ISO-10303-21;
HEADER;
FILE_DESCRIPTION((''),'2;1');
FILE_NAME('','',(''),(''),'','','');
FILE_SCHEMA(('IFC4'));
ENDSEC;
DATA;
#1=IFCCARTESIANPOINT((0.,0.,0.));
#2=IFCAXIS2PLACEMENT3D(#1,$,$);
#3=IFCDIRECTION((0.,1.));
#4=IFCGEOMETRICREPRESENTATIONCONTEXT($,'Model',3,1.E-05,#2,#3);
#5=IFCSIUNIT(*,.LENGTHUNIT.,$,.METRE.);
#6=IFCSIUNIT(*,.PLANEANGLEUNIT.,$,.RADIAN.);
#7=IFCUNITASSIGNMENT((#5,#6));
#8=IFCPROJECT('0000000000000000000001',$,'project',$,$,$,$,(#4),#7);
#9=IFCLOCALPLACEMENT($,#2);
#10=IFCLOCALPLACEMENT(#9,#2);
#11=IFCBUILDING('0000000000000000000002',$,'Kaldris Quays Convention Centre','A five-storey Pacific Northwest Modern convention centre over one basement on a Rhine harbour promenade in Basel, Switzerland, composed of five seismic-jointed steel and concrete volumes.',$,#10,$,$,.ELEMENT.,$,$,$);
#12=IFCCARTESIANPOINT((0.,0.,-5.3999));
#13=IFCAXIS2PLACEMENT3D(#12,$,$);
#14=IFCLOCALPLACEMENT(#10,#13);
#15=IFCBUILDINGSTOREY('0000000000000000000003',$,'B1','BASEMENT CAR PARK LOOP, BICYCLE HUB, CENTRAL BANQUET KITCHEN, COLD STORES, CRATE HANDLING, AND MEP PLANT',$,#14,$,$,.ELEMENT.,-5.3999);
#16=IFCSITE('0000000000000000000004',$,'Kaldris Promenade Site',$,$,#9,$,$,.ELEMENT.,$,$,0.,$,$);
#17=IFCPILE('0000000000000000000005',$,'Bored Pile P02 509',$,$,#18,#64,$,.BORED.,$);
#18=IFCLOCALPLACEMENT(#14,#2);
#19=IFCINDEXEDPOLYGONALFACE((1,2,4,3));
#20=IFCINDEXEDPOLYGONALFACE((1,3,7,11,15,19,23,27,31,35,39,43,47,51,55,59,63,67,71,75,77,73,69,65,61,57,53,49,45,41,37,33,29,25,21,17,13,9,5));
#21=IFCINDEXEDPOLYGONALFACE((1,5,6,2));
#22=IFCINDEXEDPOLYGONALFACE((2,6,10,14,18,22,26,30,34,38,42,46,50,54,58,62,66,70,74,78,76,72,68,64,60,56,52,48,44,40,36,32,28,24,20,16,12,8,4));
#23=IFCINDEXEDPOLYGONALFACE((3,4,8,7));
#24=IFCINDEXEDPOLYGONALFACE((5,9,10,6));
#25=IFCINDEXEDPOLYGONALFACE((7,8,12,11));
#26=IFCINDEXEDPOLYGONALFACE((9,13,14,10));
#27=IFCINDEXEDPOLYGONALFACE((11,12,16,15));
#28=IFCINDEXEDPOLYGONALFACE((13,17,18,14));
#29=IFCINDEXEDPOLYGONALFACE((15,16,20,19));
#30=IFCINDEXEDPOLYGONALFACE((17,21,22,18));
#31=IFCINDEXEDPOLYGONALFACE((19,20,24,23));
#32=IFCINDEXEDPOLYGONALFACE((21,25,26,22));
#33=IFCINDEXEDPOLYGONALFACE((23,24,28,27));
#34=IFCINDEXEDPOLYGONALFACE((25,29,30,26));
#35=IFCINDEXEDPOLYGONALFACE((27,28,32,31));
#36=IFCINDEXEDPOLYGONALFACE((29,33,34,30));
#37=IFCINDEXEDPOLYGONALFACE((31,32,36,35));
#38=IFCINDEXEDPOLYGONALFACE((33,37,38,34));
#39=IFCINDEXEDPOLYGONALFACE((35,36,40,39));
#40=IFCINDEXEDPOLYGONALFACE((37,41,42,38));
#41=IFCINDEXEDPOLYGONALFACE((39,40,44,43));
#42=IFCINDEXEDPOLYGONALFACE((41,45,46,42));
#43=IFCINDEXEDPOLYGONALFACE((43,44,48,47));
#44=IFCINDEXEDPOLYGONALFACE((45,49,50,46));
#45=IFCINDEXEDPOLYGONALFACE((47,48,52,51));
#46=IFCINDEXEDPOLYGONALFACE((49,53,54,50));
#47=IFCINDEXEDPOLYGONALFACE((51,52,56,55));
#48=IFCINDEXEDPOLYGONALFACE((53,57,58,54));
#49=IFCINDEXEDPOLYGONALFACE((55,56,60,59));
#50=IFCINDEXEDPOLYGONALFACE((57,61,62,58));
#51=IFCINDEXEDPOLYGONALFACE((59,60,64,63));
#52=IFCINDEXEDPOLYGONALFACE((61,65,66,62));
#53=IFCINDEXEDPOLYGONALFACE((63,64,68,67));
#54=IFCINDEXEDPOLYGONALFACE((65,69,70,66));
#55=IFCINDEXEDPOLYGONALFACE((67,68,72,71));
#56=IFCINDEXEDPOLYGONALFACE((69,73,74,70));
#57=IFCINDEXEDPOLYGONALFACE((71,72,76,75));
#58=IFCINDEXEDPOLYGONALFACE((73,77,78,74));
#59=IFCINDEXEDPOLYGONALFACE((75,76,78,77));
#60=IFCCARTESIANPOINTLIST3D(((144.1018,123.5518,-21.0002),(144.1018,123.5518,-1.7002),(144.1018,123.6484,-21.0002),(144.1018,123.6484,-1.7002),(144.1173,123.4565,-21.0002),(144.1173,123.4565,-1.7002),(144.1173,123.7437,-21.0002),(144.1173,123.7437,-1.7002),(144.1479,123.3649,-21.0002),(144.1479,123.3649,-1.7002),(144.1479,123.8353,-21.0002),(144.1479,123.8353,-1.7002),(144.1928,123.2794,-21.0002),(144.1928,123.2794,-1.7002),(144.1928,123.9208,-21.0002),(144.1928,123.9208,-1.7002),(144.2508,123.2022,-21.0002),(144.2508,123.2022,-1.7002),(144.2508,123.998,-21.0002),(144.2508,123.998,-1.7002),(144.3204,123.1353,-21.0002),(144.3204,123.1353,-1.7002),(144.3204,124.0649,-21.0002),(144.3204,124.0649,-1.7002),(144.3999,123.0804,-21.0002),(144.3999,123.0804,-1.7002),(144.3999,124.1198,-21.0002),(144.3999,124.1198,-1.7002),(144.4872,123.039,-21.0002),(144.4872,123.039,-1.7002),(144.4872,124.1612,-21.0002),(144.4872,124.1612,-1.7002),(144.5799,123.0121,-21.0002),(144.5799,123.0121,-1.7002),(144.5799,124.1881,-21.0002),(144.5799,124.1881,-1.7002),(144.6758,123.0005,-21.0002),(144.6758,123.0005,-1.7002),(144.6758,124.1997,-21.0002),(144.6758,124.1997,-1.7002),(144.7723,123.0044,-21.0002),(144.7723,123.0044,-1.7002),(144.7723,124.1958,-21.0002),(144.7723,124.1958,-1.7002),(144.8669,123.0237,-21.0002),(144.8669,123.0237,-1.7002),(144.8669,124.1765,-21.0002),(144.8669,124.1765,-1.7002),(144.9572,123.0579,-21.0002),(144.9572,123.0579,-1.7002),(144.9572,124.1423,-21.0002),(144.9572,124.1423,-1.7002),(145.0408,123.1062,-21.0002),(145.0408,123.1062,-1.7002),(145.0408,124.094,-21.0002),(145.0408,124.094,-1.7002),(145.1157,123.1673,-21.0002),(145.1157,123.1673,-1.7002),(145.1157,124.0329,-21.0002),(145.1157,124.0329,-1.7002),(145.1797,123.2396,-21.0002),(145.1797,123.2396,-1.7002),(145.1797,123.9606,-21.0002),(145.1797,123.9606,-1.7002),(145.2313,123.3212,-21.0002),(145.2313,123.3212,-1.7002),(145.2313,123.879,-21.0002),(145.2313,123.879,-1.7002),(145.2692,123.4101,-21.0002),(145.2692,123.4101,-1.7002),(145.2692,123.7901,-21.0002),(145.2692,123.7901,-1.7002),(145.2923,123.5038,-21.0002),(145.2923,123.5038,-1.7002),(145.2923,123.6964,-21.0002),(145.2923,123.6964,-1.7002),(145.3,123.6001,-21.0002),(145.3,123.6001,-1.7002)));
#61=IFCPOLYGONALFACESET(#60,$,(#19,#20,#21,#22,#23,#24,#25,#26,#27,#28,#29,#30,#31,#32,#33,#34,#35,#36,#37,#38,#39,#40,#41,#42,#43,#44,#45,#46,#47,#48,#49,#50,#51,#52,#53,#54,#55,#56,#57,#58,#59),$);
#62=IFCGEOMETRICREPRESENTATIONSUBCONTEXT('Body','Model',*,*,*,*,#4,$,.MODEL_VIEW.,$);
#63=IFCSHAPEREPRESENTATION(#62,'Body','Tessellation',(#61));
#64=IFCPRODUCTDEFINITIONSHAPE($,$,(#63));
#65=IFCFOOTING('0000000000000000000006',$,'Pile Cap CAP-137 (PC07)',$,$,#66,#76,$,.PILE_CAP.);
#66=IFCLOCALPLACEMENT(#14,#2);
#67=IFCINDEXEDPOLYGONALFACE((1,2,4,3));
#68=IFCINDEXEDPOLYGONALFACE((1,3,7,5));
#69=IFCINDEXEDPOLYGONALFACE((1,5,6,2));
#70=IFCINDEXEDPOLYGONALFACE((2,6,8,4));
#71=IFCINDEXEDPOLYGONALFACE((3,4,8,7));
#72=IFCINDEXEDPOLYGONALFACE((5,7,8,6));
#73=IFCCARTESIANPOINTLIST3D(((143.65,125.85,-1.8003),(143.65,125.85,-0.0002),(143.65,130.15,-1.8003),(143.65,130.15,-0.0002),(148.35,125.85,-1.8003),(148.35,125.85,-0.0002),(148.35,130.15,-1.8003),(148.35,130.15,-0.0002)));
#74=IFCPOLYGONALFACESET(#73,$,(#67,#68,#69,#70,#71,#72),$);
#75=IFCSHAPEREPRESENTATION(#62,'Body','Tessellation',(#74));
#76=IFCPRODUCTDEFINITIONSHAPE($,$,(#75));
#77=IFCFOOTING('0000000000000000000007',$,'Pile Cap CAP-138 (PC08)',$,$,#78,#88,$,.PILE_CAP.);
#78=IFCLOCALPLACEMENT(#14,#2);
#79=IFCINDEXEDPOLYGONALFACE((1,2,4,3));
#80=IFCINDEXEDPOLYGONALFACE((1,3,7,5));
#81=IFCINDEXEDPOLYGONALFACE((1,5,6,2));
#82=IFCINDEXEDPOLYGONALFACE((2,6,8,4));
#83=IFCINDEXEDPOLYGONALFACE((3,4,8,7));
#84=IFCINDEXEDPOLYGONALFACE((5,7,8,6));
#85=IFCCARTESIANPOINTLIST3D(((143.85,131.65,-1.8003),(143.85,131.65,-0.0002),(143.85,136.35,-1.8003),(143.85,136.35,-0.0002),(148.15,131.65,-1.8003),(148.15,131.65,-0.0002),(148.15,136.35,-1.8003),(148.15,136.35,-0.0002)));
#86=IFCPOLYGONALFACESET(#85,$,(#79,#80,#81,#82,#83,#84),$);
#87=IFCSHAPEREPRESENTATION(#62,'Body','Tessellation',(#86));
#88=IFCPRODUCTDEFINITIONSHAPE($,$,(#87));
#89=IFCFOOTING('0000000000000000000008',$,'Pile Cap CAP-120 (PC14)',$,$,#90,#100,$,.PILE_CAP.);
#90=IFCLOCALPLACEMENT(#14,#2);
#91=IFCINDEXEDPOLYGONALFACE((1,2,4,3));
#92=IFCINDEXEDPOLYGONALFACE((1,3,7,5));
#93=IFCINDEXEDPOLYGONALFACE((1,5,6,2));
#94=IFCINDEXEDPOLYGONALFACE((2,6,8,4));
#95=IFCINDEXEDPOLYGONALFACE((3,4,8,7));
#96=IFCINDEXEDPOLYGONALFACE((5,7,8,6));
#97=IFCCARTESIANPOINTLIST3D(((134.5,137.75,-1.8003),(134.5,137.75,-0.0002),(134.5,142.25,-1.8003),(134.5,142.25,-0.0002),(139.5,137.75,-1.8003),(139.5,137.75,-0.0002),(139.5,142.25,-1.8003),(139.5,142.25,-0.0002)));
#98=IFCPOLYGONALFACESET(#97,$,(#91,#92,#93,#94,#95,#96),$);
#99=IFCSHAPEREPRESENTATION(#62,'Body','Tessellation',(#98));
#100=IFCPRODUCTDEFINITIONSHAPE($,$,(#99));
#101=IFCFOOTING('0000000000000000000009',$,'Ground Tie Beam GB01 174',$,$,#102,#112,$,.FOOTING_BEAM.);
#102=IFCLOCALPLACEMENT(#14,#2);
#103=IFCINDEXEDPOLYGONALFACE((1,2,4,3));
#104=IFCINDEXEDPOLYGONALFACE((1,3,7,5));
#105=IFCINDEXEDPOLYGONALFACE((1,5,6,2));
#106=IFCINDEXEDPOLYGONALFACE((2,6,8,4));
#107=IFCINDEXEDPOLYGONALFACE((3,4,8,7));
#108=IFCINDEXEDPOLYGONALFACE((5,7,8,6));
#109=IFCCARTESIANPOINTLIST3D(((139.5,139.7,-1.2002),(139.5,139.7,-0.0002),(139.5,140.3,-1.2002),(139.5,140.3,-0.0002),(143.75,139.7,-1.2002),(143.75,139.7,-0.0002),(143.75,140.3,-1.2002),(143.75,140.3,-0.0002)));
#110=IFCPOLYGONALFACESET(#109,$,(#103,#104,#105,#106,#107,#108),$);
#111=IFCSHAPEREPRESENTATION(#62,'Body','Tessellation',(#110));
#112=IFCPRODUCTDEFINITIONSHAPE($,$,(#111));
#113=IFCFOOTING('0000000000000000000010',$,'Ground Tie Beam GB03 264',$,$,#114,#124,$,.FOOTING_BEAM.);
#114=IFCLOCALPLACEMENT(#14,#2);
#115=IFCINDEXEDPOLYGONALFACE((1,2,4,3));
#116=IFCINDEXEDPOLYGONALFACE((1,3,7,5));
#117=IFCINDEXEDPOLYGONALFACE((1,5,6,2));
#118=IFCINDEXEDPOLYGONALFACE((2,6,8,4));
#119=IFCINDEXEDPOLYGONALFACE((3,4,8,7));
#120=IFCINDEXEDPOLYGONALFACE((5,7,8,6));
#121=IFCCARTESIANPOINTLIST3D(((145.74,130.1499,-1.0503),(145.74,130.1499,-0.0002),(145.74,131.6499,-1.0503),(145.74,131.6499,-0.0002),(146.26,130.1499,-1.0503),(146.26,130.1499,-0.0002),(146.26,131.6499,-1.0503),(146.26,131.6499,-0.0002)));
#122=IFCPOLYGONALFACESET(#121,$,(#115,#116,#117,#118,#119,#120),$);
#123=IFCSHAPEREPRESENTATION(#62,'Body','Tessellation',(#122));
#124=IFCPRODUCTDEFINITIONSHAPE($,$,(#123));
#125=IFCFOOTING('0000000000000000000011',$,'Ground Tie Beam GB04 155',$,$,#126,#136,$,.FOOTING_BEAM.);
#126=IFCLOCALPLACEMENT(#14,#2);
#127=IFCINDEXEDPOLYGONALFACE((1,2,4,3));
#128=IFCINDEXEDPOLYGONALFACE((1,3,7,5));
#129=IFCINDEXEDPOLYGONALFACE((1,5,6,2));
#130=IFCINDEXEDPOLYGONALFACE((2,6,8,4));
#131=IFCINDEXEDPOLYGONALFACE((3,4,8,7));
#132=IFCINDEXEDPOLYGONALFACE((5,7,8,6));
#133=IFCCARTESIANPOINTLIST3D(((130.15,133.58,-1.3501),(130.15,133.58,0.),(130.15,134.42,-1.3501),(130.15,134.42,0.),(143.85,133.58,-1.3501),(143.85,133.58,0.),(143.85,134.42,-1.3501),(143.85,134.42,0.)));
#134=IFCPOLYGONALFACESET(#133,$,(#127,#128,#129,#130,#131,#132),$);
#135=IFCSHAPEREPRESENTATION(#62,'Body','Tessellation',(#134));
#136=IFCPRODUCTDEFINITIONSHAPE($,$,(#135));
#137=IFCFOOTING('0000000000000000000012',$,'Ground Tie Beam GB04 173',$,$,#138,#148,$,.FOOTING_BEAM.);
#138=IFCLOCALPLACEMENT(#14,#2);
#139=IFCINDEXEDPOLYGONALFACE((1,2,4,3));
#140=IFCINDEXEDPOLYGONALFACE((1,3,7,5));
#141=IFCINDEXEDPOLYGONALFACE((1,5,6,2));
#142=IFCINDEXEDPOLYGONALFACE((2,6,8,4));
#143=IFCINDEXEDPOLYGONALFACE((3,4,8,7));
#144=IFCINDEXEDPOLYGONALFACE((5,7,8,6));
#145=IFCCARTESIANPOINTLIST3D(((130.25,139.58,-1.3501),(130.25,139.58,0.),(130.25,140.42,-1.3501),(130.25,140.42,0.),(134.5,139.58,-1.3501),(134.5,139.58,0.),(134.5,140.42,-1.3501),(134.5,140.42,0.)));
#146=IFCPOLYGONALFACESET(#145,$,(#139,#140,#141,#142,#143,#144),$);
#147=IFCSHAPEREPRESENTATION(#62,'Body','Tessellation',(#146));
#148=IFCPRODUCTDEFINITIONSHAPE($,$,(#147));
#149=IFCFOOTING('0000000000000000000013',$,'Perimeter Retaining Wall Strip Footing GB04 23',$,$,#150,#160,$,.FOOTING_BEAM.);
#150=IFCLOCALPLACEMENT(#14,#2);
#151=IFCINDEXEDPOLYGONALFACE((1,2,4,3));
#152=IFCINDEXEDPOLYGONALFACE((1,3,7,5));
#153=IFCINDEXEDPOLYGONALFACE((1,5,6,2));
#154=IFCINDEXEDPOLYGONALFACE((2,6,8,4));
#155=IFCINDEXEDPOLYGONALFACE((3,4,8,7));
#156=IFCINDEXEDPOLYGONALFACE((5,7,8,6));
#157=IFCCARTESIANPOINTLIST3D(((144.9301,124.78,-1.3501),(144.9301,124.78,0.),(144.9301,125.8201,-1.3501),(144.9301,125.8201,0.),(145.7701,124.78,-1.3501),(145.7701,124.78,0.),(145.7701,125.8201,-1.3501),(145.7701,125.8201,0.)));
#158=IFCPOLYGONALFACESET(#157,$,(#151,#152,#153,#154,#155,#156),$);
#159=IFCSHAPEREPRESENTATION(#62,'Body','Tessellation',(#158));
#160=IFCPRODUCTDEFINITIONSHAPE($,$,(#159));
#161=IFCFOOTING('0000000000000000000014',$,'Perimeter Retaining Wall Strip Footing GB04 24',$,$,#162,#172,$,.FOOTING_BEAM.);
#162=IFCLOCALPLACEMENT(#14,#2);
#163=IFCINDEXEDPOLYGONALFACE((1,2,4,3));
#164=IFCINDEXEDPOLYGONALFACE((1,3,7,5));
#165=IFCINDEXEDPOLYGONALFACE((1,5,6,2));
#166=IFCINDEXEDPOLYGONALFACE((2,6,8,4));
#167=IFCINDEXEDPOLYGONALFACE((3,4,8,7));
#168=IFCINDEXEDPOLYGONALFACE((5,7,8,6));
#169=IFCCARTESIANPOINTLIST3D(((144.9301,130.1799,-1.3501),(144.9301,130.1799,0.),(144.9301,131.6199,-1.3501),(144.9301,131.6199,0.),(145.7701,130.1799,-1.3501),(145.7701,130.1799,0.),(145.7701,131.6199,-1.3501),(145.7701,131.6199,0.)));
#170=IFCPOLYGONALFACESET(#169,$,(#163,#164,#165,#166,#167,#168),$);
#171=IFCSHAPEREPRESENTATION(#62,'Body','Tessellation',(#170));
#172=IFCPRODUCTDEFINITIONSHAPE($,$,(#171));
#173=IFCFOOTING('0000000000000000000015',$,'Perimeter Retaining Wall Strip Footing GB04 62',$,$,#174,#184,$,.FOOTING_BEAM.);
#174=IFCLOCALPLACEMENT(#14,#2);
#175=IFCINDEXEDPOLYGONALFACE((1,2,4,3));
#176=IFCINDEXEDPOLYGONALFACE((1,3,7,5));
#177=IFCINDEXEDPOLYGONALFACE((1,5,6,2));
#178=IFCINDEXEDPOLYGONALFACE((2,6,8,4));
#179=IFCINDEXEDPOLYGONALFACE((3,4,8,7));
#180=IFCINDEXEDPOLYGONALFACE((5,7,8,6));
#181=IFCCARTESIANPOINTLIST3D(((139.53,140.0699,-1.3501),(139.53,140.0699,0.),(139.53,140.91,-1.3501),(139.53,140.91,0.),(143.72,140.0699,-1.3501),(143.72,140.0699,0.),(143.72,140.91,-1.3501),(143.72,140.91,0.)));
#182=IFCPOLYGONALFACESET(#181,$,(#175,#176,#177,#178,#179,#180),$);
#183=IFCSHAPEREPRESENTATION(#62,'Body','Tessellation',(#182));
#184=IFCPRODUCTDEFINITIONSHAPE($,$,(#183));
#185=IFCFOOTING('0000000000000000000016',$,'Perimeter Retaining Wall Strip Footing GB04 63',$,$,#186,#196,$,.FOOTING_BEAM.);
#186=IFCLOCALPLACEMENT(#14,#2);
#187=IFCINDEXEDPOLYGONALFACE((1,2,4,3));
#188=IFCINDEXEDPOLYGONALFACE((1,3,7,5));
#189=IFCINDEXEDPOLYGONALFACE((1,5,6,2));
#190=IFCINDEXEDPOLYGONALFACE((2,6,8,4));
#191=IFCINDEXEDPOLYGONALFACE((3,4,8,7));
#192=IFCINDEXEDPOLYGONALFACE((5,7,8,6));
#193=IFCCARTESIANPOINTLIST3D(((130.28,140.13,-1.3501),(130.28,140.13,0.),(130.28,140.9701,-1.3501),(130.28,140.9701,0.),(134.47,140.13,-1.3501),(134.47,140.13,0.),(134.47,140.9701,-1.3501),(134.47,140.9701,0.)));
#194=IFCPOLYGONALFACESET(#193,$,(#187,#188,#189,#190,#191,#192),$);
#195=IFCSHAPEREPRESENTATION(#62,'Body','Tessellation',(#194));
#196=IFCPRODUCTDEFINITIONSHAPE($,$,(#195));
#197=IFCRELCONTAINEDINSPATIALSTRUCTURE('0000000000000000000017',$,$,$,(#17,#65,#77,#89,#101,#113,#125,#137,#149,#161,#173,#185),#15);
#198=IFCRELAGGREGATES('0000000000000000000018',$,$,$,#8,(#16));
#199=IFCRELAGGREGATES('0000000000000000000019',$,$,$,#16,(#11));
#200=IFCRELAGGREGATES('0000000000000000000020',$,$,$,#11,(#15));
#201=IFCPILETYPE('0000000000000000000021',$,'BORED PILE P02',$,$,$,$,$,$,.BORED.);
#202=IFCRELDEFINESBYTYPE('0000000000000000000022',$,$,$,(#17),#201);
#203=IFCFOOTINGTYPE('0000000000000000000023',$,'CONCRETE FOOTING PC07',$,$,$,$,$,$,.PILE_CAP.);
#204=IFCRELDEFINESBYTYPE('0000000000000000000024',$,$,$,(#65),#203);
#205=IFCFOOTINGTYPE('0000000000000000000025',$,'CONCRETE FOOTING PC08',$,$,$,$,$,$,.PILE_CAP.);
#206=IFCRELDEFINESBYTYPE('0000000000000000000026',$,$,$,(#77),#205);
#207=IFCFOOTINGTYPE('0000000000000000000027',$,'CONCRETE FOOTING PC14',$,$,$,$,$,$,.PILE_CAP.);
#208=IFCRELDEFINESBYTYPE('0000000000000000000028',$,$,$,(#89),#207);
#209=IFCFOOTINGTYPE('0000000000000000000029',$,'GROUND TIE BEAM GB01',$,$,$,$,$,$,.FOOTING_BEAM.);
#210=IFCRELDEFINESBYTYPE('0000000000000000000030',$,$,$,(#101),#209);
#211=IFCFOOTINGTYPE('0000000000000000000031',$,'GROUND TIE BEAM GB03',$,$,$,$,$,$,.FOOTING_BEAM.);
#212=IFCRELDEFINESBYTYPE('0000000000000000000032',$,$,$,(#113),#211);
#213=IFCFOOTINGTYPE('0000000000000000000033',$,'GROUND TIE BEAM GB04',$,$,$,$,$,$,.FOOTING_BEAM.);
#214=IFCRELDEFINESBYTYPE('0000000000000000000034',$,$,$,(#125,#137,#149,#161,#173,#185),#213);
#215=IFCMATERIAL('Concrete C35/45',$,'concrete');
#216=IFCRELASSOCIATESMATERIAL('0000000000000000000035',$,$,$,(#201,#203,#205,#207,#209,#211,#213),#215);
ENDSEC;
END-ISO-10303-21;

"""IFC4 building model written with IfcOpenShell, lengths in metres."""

from ifc_helpers import new_model, si_unit, direction, frame, origin, origin_2d, place, context, subcontext, project, spatial, rectangle, circle, extrude, material, material_profile, profile_set, type_object, element, save


model = new_model("IFC4")

# Units and contexts
model_context = context("Model", 3, precision=1e-05, world=origin(), true_north=direction((0.0, 1.0)))
body_context = subcontext(model_context, "Body", "Model", "MODEL_VIEW")
ifc_project = project(units=[si_unit("LENGTHUNIT", "METRE"), si_unit("PLANEANGLEUNIT", "RADIAN")], contexts=[model_context])

# Site, building, storey
site_placement = place(None, origin())
site = spatial("IfcSite", under=ifc_project, at=site_placement, Name="Kaldris Promenade Site", CompositionType="ELEMENT", RefElevation=0.0)
building_placement = place(site_placement, origin())
building = spatial("IfcBuilding", under=site, at=building_placement, Name="Kaldris Quays Convention Centre", Description="A five-storey Pacific Northwest Modern convention centre over one basement on a Rhine harbour promenade in Basel, Switzerland, composed of five seismic-jointed steel and concrete volumes.", CompositionType="ELEMENT")
storey_placement = place(building_placement, frame((0.0, 0.0, -5.3999)))
storey = spatial("IfcBuildingStorey", under=building, at=storey_placement, Name="B1", Description="BASEMENT CAR PARK LOOP, BICYCLE HUB, CENTRAL BANQUET KITCHEN, COLD STORES, CRATE HANDLING, AND MEP PLANT", CompositionType="ELEMENT", Elevation=-5.3999)

# Pile
ifc_material_1 = material(Name="Concrete C35/45", Category="concrete")
ifc_material_profile_1 = material_profile(ifc_material_1, circle(Radius=0.6001, at=origin_2d()), Name="BORED PILE D1200")
ifc_profile_set_1 = profile_set([ifc_material_profile_1], Name="Concrete C35/45")
pile_type_1 = type_object("IfcPileType", Name="BORED PILE P02", PredefinedType="BORED", material=ifc_profile_set_1)
for number, where, z_axis, x_axis, name in (
    (1, (144.7, 123.6001, -1.7002), (0.0, 0.0, -1.0), (1.0, 0.0, 0.0), "Bored Pile P02 509"),
):
    element("IfcPile", number, at=place(storey_placement, frame(where, z_axis=z_axis, x_axis=x_axis)), inside=storey, type_object=pile_type_1, Name=name, PredefinedType="BORED", context=body_context, shape_type="SweptSolid", body=[
        extrude(circle(Radius=0.6001, at=origin_2d()), origin(), (0.0, 0.0, 1.0), 19.3),
    ])

# Footings
footing_type_1 = type_object("IfcFootingType", Name="CONCRETE FOOTING PC07", PredefinedType="PILE_CAP", material=ifc_material_1)
footing_1_placement = place(storey_placement, frame((146.0, 128.0, -1.8003), z_axis=(0.0, 0.0, 1.0), x_axis=(1.0, 0.0, 0.0)))
element("IfcFooting", 2, at=footing_1_placement, inside=storey, type_object=footing_type_1, Name="Pile Cap CAP-137 (PC07)", PredefinedType="PILE_CAP", context=body_context, shape_type="SweptSolid", body=[
    extrude(rectangle(XDim=4.7, YDim=4.3, at=origin_2d()), origin(), (0.0, 0.0, 1.0), 1.8),
])
footing_type_2 = type_object("IfcFootingType", Name="CONCRETE FOOTING PC08", PredefinedType="PILE_CAP", material=ifc_material_1)
footing_2_placement = place(storey_placement, frame((146.0, 134.0, -1.8003), z_axis=(0.0, 0.0, 1.0), x_axis=(1.0, 0.0, 0.0)))
element("IfcFooting", 3, at=footing_2_placement, inside=storey, type_object=footing_type_2, Name="Pile Cap CAP-138 (PC08)", PredefinedType="PILE_CAP", context=body_context, shape_type="SweptSolid", body=[
    extrude(rectangle(XDim=4.3, YDim=4.7, at=origin_2d()), origin(), (0.0, 0.0, 1.0), 1.8),
])
footing_type_3 = type_object("IfcFootingType", Name="CONCRETE FOOTING PC14", PredefinedType="PILE_CAP", material=ifc_material_1)
footing_3_placement = place(storey_placement, frame((137.0, 140.0, -1.8003), z_axis=(0.0, 0.0, 1.0), x_axis=(1.0, 0.0, 0.0)))
element("IfcFooting", 4, at=footing_3_placement, inside=storey, type_object=footing_type_3, Name="Pile Cap CAP-120 (PC14)", PredefinedType="PILE_CAP", context=body_context, shape_type="SweptSolid", body=[
    extrude(rectangle(XDim=5.0, YDim=4.5, at=origin_2d()), origin(), (0.0, 0.0, 1.0), 1.8),
])
footing_type_4 = type_object("IfcFootingType", Name="GROUND TIE BEAM GB01", PredefinedType="FOOTING_BEAM", material=ifc_material_1)
footing_4_placement = place(storey_placement, frame((141.625, 140.0, -1.2002), z_axis=(0.0, 0.0, 1.0), x_axis=(1.0, 0.0, 0.0)))
element("IfcFooting", 5, at=footing_4_placement, inside=storey, type_object=footing_type_4, Name="Ground Tie Beam GB01 174", PredefinedType="FOOTING_BEAM", context=body_context, shape_type="SweptSolid", body=[
    extrude(rectangle(XDim=4.25, YDim=0.6001, at=origin_2d()), origin(), (0.0, 0.0, 1.0), 1.2),
])
footing_type_5 = type_object("IfcFootingType", Name="GROUND TIE BEAM GB03", PredefinedType="FOOTING_BEAM", material=ifc_material_1)
footing_5_placement = place(storey_placement, frame((146.0, 130.8999, -1.0503), z_axis=(0.0, 0.0, 1.0), x_axis=(1.0, 0.0, 0.0)))
element("IfcFooting", 6, at=footing_5_placement, inside=storey, type_object=footing_type_5, Name="Ground Tie Beam GB03 264", PredefinedType="FOOTING_BEAM", context=body_context, shape_type="SweptSolid", body=[
    extrude(rectangle(XDim=0.52, YDim=1.5, at=origin_2d()), origin(), (0.0, 0.0, 1.0), 1.05),
])
footing_type_6 = type_object("IfcFootingType", Name="GROUND TIE BEAM GB04", PredefinedType="FOOTING_BEAM", material=ifc_material_1)
footing_6_placement = place(storey_placement, frame((137.0, 134.0, -1.3501), z_axis=(0.0, 0.0, 1.0), x_axis=(1.0, 0.0, 0.0)))
element("IfcFooting", 7, at=footing_6_placement, inside=storey, type_object=footing_type_6, Name="Ground Tie Beam GB04 155", PredefinedType="FOOTING_BEAM", context=body_context, shape_type="SweptSolid", body=[
    extrude(rectangle(XDim=13.7, YDim=0.8401, at=origin_2d()), origin(), (0.0, 0.0, 1.0), 1.3501),
])
footing_7_placement = place(storey_placement, frame((132.375, 140.0, -1.3501), z_axis=(0.0, 0.0, 1.0), x_axis=(1.0, 0.0, 0.0)))
element("IfcFooting", 8, at=footing_7_placement, inside=storey, type_object=footing_type_6, Name="Ground Tie Beam GB04 173", PredefinedType="FOOTING_BEAM", context=body_context, shape_type="SweptSolid", body=[
    extrude(rectangle(XDim=4.25, YDim=0.8401, at=origin_2d()), origin(), (0.0, 0.0, 1.0), 1.3501),
])
footing_8_placement = place(storey_placement, frame((145.3501, 125.3, -1.3501), z_axis=(0.0, 0.0, 1.0), x_axis=(1.0, 0.0, 0.0)))
element("IfcFooting", 9, at=footing_8_placement, inside=storey, type_object=footing_type_6, Name="Perimeter Retaining Wall Strip Footing GB04 23", PredefinedType="FOOTING_BEAM", context=body_context, shape_type="SweptSolid", body=[
    extrude(rectangle(XDim=0.8401, YDim=1.04, at=origin_2d()), origin(), (0.0, 0.0, 1.0), 1.3501),
])
footing_9_placement = place(storey_placement, frame((145.3501, 130.8999, -1.3501), z_axis=(0.0, 0.0, 1.0), x_axis=(1.0, 0.0, 0.0)))
element("IfcFooting", 10, at=footing_9_placement, inside=storey, type_object=footing_type_6, Name="Perimeter Retaining Wall Strip Footing GB04 24", PredefinedType="FOOTING_BEAM", context=body_context, shape_type="SweptSolid", body=[
    extrude(rectangle(XDim=0.8401, YDim=1.4399, at=origin_2d()), origin(), (0.0, 0.0, 1.0), 1.3501),
])
for number, where, z_axis, x_axis, name in (
    (11, (141.625, 140.49, -1.3501), (0.0, 0.0, 1.0), (1.0, 0.0, 0.0), "Perimeter Retaining Wall Strip Footing GB04 62"),
    (12, (132.375, 140.55, -1.3501), (0.0, 0.0, 1.0), (1.0, 0.0, 0.0), "Perimeter Retaining Wall Strip Footing GB04 63"),
):
    element("IfcFooting", number, at=place(storey_placement, frame(where, z_axis=z_axis, x_axis=x_axis)), inside=storey, type_object=footing_type_6, Name=name, PredefinedType="FOOTING_BEAM", context=body_context, shape_type="SweptSolid", body=[
        extrude(rectangle(XDim=4.1899, YDim=0.8401, at=origin_2d()), origin(), (0.0, 0.0, 1.0), 1.3501),
    ])

save(model, "model.ifc")
